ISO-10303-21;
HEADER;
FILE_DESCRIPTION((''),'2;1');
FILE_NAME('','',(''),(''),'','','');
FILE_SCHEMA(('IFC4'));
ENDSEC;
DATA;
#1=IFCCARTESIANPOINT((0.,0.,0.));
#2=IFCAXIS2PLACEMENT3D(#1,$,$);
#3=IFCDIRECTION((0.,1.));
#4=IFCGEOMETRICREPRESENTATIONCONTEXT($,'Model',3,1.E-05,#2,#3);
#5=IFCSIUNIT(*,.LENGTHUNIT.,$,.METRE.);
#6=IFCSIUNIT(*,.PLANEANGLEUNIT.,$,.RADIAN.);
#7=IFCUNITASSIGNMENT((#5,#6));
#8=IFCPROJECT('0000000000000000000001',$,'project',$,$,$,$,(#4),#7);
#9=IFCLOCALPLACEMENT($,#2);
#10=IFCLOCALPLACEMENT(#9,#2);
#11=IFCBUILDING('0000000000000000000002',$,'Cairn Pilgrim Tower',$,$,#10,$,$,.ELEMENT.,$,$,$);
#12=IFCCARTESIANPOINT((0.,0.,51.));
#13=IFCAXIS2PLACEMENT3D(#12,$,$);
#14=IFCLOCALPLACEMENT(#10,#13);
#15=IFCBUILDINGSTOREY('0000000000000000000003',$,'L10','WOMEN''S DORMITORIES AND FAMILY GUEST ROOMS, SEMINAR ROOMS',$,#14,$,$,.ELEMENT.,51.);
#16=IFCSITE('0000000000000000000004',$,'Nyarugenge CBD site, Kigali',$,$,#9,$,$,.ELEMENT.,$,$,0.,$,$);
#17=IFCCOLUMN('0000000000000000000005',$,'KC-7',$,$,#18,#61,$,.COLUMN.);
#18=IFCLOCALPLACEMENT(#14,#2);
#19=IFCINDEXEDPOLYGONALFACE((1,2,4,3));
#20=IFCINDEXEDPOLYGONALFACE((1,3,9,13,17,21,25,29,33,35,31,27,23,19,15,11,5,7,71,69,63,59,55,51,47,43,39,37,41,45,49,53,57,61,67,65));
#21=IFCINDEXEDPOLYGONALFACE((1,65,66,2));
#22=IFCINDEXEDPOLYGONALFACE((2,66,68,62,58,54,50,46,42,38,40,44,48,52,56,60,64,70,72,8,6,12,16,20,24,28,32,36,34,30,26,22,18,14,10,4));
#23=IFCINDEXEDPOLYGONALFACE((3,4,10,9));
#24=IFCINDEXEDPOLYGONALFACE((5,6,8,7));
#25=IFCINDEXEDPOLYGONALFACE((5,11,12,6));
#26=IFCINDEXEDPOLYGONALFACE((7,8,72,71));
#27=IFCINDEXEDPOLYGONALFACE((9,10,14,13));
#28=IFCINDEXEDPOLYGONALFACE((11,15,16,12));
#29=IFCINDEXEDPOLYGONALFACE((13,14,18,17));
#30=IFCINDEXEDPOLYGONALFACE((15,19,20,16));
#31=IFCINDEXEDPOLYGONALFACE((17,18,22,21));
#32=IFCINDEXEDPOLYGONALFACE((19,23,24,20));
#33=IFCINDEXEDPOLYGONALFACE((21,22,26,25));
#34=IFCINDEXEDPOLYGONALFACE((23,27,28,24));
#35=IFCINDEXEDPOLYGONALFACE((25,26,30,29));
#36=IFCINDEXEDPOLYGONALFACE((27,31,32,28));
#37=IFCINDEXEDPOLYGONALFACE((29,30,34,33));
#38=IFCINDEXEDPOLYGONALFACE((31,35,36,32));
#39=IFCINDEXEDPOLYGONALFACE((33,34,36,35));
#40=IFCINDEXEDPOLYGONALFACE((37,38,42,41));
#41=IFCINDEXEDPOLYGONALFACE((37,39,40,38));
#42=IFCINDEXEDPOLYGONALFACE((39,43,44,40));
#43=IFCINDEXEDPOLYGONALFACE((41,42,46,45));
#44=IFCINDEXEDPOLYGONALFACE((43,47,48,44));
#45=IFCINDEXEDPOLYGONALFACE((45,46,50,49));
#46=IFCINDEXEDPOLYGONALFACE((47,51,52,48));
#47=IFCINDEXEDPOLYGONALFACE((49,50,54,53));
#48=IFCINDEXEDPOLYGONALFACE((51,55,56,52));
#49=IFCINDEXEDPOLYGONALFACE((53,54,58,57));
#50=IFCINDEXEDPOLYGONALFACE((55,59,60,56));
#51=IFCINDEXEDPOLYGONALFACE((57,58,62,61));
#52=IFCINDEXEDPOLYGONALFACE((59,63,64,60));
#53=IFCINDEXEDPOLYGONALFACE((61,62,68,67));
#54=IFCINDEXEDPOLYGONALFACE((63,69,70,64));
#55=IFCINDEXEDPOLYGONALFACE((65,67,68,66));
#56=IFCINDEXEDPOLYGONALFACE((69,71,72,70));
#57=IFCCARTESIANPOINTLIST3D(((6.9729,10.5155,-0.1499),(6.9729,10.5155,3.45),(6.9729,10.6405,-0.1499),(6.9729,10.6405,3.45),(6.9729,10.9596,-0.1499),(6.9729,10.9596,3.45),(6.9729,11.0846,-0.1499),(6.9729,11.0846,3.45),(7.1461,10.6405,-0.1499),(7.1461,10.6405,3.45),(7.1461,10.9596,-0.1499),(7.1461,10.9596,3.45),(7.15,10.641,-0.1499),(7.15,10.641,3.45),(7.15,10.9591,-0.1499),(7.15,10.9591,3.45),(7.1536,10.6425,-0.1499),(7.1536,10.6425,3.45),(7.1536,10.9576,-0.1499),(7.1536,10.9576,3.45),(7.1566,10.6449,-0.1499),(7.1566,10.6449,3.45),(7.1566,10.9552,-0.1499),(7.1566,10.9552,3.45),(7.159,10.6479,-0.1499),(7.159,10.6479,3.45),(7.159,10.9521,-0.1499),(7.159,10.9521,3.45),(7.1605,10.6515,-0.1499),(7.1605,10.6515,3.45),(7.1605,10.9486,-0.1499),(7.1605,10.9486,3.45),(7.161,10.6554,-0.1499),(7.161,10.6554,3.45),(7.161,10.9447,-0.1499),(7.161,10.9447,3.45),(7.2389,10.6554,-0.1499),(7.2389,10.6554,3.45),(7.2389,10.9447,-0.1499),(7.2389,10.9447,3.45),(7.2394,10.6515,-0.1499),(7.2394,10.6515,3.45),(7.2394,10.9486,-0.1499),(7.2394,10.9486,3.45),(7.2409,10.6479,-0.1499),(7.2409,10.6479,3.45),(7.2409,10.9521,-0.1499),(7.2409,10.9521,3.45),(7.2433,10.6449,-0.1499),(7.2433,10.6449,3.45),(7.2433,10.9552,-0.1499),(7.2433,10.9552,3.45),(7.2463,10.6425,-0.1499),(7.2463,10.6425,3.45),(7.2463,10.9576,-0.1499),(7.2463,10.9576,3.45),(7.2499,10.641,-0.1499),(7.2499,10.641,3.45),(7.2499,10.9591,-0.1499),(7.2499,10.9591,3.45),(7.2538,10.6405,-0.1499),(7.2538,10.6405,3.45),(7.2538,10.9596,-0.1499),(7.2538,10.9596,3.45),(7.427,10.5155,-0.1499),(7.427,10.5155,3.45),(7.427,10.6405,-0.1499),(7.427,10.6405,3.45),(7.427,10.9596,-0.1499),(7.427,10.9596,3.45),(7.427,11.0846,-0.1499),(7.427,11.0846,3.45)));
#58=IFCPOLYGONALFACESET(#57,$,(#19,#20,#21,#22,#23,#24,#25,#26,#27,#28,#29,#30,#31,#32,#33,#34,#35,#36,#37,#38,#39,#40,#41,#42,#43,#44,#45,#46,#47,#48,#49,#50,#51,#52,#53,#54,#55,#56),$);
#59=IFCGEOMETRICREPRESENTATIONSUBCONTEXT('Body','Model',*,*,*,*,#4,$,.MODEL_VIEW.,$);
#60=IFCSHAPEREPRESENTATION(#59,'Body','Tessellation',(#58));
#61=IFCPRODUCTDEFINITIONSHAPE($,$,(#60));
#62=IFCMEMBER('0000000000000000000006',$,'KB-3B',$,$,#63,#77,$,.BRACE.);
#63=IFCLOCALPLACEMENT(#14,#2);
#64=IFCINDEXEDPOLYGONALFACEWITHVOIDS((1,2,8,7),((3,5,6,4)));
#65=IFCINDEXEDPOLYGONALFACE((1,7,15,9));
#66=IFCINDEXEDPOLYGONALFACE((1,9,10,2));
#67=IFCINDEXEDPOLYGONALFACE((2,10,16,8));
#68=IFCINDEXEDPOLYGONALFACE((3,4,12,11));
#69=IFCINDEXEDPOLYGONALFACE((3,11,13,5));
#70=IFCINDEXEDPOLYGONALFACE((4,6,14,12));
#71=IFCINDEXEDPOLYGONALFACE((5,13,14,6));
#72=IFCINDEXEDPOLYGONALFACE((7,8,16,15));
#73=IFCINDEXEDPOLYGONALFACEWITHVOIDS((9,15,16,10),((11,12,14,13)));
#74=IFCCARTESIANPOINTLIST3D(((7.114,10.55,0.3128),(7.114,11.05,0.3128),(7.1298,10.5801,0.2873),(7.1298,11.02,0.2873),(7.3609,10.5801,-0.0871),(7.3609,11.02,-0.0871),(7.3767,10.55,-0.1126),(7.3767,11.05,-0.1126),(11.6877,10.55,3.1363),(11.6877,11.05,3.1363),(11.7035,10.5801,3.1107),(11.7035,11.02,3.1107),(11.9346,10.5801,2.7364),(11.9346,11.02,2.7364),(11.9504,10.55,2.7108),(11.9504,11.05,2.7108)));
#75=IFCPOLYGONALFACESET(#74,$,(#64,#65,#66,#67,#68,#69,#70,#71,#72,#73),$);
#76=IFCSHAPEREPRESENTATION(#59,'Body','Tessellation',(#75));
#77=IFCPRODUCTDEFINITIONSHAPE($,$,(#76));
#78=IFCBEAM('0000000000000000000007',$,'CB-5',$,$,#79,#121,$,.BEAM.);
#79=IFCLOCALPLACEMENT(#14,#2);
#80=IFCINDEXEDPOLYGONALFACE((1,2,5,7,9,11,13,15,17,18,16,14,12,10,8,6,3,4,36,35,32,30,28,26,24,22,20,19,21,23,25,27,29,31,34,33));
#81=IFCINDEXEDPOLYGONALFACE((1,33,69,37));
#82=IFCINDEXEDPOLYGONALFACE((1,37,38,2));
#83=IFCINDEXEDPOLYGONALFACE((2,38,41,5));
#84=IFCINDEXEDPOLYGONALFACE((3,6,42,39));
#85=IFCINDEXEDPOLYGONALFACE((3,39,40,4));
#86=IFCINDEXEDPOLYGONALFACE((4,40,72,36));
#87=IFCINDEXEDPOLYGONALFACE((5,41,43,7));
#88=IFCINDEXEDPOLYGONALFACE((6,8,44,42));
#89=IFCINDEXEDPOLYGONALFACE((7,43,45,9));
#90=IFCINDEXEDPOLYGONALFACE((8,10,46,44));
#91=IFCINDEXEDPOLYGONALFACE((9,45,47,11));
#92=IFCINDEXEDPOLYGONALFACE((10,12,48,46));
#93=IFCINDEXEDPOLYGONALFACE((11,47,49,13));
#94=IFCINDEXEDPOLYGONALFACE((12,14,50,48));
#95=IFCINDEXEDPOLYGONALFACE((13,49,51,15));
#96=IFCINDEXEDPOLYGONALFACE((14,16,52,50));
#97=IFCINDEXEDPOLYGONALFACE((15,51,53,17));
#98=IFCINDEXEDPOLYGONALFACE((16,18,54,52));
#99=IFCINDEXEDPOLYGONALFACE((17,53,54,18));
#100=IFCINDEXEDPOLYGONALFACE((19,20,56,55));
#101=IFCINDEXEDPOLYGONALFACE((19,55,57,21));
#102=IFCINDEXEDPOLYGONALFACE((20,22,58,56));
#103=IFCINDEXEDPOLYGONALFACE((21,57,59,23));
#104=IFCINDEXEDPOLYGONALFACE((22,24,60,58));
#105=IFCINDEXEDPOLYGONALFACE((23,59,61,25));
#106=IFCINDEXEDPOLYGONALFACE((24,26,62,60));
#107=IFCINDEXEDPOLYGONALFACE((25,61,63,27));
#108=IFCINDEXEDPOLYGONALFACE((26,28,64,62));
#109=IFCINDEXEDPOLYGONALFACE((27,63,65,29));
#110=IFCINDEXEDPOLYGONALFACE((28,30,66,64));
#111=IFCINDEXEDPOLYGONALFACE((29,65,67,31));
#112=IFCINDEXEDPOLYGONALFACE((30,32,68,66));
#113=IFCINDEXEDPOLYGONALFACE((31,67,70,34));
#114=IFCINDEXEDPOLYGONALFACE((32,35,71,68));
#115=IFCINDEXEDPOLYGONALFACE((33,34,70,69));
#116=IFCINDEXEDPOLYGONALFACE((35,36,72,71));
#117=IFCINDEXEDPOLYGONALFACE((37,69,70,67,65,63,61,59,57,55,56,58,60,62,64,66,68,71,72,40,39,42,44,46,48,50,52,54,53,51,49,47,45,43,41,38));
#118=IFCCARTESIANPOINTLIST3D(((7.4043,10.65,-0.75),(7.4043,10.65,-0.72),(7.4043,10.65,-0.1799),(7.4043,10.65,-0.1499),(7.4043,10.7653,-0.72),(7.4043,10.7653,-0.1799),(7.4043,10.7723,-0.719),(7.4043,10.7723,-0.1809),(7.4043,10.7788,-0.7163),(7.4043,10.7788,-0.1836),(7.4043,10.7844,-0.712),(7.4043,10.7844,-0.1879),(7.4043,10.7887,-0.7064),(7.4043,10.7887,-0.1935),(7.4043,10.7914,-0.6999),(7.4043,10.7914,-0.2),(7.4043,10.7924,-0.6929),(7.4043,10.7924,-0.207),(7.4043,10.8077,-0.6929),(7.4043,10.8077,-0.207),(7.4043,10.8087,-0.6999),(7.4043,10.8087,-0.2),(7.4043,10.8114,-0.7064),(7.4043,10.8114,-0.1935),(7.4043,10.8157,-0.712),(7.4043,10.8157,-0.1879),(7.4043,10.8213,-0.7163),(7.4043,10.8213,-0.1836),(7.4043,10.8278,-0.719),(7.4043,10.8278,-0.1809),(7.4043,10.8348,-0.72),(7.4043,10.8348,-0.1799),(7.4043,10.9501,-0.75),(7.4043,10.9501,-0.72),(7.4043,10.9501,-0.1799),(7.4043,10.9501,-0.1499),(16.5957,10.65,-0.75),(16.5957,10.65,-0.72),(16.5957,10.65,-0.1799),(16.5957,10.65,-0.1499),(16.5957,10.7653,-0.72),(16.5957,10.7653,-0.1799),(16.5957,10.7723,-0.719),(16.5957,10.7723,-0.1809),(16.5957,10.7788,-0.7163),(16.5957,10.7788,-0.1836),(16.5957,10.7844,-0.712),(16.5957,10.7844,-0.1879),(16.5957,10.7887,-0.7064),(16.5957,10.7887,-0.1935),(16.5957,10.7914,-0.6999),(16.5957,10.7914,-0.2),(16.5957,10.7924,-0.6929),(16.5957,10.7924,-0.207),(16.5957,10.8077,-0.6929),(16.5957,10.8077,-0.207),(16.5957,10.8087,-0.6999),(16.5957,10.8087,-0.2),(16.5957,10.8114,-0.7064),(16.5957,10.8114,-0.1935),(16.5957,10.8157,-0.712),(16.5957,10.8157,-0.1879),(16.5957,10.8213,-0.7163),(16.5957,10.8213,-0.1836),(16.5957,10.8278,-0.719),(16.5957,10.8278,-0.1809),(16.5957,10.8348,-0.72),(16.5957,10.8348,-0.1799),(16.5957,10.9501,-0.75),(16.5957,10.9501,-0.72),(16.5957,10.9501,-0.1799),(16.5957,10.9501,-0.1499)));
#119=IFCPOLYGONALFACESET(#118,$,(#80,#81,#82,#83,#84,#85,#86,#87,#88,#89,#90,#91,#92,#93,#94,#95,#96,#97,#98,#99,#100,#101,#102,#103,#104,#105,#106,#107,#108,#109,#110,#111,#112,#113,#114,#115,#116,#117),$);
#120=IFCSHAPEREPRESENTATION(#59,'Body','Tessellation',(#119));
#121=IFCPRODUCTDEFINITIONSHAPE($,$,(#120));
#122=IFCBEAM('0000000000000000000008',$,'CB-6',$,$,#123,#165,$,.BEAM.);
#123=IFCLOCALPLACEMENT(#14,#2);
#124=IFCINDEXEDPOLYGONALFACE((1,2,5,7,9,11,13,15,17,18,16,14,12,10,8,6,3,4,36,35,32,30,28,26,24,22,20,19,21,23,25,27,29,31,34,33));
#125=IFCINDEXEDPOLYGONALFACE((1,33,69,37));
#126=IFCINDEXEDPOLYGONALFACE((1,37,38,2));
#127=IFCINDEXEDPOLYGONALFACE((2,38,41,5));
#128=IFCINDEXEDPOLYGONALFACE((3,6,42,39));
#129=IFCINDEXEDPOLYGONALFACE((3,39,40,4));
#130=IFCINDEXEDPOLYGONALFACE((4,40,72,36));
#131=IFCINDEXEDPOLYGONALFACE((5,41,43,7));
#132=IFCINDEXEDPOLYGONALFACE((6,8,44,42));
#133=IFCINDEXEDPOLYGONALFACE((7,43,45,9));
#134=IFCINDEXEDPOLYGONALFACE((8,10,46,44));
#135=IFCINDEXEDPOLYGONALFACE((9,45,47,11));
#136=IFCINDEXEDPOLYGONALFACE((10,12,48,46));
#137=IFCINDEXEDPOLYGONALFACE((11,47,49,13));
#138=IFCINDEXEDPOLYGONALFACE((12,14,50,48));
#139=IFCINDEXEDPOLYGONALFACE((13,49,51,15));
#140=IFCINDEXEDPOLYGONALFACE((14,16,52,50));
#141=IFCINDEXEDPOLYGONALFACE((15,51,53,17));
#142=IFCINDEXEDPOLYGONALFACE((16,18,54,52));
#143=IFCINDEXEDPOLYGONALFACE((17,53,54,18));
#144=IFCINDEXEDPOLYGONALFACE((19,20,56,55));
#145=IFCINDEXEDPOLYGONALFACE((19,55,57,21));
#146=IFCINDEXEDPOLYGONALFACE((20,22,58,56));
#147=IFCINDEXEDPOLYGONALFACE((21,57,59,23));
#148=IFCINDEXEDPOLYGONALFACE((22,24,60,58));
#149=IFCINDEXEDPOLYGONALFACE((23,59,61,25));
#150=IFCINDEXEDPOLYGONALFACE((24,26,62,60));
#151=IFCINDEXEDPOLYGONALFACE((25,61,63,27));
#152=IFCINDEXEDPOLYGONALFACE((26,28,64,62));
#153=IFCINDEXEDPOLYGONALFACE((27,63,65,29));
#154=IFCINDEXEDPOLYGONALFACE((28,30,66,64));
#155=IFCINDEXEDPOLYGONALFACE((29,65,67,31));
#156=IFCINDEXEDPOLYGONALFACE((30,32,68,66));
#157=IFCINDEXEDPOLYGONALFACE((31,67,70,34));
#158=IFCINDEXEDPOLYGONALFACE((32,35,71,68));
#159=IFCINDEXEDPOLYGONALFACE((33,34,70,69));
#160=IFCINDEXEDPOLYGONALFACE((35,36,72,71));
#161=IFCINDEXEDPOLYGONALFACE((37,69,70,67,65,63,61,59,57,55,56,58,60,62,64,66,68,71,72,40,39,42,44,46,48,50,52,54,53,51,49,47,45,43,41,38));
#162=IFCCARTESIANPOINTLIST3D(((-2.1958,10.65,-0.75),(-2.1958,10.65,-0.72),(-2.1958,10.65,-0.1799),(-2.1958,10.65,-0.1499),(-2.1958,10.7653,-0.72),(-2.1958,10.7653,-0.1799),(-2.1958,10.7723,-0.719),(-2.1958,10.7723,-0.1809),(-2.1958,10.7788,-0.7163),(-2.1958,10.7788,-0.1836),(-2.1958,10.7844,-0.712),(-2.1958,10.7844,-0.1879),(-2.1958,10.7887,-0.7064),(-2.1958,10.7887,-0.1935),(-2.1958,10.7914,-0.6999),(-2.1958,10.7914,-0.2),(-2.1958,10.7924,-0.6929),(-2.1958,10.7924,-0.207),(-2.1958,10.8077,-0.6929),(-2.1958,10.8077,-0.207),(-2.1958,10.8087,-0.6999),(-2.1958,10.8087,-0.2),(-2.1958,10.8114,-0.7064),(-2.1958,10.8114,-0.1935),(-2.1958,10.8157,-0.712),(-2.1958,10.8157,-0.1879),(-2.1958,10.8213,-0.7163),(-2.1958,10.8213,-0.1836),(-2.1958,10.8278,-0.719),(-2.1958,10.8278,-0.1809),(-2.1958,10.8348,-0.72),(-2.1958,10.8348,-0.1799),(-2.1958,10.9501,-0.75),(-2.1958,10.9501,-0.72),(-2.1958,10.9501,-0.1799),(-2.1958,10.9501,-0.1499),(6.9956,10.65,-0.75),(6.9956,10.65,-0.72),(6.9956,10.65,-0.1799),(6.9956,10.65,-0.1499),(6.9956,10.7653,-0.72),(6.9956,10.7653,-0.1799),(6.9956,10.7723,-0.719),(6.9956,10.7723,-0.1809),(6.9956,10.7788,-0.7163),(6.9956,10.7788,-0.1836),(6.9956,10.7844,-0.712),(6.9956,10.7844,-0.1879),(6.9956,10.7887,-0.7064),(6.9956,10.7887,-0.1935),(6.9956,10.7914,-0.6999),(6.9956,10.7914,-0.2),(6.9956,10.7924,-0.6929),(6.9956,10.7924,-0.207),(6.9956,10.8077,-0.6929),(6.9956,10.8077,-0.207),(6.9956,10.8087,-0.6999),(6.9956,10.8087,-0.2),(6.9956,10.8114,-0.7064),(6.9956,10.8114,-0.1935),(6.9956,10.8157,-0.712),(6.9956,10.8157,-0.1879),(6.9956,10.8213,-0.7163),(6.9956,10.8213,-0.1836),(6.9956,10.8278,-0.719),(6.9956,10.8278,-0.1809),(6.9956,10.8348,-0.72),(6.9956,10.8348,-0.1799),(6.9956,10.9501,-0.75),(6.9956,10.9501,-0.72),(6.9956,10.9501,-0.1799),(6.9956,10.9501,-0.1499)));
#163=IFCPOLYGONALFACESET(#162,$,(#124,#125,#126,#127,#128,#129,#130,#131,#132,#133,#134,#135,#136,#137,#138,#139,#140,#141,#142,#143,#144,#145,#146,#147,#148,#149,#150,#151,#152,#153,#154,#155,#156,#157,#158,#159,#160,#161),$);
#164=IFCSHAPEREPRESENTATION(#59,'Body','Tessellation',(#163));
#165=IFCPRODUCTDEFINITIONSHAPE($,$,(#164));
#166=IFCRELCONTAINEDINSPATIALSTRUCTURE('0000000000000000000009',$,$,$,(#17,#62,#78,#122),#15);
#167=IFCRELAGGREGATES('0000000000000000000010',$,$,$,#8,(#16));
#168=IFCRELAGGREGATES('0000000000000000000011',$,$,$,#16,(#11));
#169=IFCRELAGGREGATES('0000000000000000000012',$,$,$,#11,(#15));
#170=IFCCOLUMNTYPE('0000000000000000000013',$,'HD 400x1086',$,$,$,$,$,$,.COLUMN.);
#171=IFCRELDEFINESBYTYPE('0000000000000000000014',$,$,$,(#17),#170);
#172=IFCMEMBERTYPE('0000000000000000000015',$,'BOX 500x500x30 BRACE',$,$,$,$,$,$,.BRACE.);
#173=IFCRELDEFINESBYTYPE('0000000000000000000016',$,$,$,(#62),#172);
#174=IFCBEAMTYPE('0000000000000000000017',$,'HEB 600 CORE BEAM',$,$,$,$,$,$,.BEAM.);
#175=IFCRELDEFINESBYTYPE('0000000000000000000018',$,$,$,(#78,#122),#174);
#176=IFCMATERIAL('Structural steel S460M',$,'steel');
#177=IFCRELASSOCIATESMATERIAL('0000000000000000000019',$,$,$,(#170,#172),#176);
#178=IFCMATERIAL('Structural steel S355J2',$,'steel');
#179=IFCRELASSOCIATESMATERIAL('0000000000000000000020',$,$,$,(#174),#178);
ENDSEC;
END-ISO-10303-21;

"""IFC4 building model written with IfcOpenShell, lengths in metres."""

from ifc_helpers import new_model, si_unit, direction, frame, origin, origin_2d, place, context, subcontext, project, spatial, hollow_rectangle, i_section, extrude, material, material_profile, profile_set, type_object, element, save


model = new_model("IFC4")

# Units and contexts
model_context = context("Model", 3, precision=1e-05, world=origin(), true_north=direction((0.0, 1.0)))
body_context = subcontext(model_context, "Body", "Model", "MODEL_VIEW")
ifc_project = project(units=[si_unit("LENGTHUNIT", "METRE"), si_unit("PLANEANGLEUNIT", "RADIAN")], contexts=[model_context])

# Site, building, storey
site_placement = place(None, origin())
site = spatial("IfcSite", under=ifc_project, at=site_placement, Name="Nyarugenge CBD site, Kigali", CompositionType="ELEMENT", RefElevation=0.0)
building_placement = place(site_placement, origin())
building = spatial("IfcBuilding", under=site, at=building_placement, Name="Cairn Pilgrim Tower", CompositionType="ELEMENT")
storey_placement = place(building_placement, frame((0.0, 0.0, 51.0)))
storey = spatial("IfcBuildingStorey", under=building, at=storey_placement, Name="L10", Description="WOMEN'S DORMITORIES AND FAMILY GUEST ROOMS, SEMINAR ROOMS", CompositionType="ELEMENT", Elevation=51.0)

# Column
ifc_material_1 = material(Name="Structural steel S460M", Category="steel")
ifc_material_profile_1 = material_profile(ifc_material_1, i_section(OverallWidth=0.4541, OverallDepth=0.5691, WebThickness=0.0779, FlangeThickness=0.125, FilletRadius=0.0149, at=origin_2d()), Name="HD 400x1086")
ifc_profile_set_1 = profile_set([ifc_material_profile_1], Name="Structural steel S460M")
column_type = type_object("IfcColumnType", Name="HD 400x1086", PredefinedType="COLUMN", material=ifc_profile_set_1)
column_placement = place(storey_placement, frame((7.2, 10.8, -0.1499), z_axis=(0.0, 0.0, 1.0), x_axis=(1.0, 0.0, 0.0)))
element("IfcColumn", 1, at=column_placement, inside=storey, type_object=column_type, Name="KC-7", PredefinedType="COLUMN", context=body_context, shape_type="SweptSolid", body=[
    extrude(i_section(OverallWidth=0.4541, OverallDepth=0.5691, WebThickness=0.0779, FlangeThickness=0.125, FilletRadius=0.0149, at=origin_2d()), origin(), (0.0, 0.0, 1.0), 3.5999),
])

# Member
ifc_material_profile_2 = material_profile(ifc_material_1, hollow_rectangle(XDim=0.5, YDim=0.5, WallThickness=0.03, at=origin_2d()), Name="BOX 500x500x30")
ifc_profile_set_2 = profile_set([ifc_material_profile_2], Name="Structural steel S460M")
member_type = type_object("IfcMemberType", Name="BOX 500x500x30 BRACE", PredefinedType="BRACE", material=ifc_profile_set_2)
member_placement = place(storey_placement, frame((7.2454, 10.8, 0.1001), z_axis=(0.85092, 0.0, 0.525296), x_axis=(0.0, 1.0, 0.0)))
element("IfcMember", 2, at=member_placement, inside=storey, type_object=member_type, Name="KB-3B", PredefinedType="BRACE", context=body_context, shape_type="SweptSolid", body=[
    extrude(hollow_rectangle(XDim=0.5, YDim=0.5, WallThickness=0.03, at=origin_2d()), origin(), (0.0, 0.0, 1.0), 5.375),
])

# Beams
ifc_material_2 = material(Name="Structural steel S355J2", Category="steel")
ifc_material_profile_3 = material_profile(ifc_material_2, i_section(OverallWidth=0.3, OverallDepth=0.6001, WebThickness=0.0154, FlangeThickness=0.03, FilletRadius=0.0271, at=origin_2d()), Name="HEB 600")
ifc_profile_set_3 = profile_set([ifc_material_profile_3], Name="Structural steel S355J2")
beam_type_1 = type_object("IfcBeamType", Name="HEB 600 CORE BEAM", PredefinedType="BEAM", material=ifc_profile_set_3)
for number, where, z_axis, x_axis, name in (
    (3, (16.5957, 10.8, -0.45), (-1.0, 0.0, 0.0), (0.0, -1.0, 0.0), "CB-5"),
    (4, (6.9956, 10.8, -0.45), (-1.0, 0.0, 0.0), (0.0, -1.0, 0.0), "CB-6"),
):
    element("IfcBeam", number, at=place(storey_placement, frame(where, z_axis=z_axis, x_axis=x_axis)), inside=storey, type_object=beam_type_1, Name=name, PredefinedType="BEAM", context=body_context, shape_type="SweptSolid", body=[
        extrude(i_section(OverallWidth=0.3, OverallDepth=0.6001, WebThickness=0.0154, FlangeThickness=0.03, FilletRadius=0.0271, at=origin_2d()), origin(), (0.0, 0.0, 1.0), 9.1914),
    ])

save(model, "model.ifc")
